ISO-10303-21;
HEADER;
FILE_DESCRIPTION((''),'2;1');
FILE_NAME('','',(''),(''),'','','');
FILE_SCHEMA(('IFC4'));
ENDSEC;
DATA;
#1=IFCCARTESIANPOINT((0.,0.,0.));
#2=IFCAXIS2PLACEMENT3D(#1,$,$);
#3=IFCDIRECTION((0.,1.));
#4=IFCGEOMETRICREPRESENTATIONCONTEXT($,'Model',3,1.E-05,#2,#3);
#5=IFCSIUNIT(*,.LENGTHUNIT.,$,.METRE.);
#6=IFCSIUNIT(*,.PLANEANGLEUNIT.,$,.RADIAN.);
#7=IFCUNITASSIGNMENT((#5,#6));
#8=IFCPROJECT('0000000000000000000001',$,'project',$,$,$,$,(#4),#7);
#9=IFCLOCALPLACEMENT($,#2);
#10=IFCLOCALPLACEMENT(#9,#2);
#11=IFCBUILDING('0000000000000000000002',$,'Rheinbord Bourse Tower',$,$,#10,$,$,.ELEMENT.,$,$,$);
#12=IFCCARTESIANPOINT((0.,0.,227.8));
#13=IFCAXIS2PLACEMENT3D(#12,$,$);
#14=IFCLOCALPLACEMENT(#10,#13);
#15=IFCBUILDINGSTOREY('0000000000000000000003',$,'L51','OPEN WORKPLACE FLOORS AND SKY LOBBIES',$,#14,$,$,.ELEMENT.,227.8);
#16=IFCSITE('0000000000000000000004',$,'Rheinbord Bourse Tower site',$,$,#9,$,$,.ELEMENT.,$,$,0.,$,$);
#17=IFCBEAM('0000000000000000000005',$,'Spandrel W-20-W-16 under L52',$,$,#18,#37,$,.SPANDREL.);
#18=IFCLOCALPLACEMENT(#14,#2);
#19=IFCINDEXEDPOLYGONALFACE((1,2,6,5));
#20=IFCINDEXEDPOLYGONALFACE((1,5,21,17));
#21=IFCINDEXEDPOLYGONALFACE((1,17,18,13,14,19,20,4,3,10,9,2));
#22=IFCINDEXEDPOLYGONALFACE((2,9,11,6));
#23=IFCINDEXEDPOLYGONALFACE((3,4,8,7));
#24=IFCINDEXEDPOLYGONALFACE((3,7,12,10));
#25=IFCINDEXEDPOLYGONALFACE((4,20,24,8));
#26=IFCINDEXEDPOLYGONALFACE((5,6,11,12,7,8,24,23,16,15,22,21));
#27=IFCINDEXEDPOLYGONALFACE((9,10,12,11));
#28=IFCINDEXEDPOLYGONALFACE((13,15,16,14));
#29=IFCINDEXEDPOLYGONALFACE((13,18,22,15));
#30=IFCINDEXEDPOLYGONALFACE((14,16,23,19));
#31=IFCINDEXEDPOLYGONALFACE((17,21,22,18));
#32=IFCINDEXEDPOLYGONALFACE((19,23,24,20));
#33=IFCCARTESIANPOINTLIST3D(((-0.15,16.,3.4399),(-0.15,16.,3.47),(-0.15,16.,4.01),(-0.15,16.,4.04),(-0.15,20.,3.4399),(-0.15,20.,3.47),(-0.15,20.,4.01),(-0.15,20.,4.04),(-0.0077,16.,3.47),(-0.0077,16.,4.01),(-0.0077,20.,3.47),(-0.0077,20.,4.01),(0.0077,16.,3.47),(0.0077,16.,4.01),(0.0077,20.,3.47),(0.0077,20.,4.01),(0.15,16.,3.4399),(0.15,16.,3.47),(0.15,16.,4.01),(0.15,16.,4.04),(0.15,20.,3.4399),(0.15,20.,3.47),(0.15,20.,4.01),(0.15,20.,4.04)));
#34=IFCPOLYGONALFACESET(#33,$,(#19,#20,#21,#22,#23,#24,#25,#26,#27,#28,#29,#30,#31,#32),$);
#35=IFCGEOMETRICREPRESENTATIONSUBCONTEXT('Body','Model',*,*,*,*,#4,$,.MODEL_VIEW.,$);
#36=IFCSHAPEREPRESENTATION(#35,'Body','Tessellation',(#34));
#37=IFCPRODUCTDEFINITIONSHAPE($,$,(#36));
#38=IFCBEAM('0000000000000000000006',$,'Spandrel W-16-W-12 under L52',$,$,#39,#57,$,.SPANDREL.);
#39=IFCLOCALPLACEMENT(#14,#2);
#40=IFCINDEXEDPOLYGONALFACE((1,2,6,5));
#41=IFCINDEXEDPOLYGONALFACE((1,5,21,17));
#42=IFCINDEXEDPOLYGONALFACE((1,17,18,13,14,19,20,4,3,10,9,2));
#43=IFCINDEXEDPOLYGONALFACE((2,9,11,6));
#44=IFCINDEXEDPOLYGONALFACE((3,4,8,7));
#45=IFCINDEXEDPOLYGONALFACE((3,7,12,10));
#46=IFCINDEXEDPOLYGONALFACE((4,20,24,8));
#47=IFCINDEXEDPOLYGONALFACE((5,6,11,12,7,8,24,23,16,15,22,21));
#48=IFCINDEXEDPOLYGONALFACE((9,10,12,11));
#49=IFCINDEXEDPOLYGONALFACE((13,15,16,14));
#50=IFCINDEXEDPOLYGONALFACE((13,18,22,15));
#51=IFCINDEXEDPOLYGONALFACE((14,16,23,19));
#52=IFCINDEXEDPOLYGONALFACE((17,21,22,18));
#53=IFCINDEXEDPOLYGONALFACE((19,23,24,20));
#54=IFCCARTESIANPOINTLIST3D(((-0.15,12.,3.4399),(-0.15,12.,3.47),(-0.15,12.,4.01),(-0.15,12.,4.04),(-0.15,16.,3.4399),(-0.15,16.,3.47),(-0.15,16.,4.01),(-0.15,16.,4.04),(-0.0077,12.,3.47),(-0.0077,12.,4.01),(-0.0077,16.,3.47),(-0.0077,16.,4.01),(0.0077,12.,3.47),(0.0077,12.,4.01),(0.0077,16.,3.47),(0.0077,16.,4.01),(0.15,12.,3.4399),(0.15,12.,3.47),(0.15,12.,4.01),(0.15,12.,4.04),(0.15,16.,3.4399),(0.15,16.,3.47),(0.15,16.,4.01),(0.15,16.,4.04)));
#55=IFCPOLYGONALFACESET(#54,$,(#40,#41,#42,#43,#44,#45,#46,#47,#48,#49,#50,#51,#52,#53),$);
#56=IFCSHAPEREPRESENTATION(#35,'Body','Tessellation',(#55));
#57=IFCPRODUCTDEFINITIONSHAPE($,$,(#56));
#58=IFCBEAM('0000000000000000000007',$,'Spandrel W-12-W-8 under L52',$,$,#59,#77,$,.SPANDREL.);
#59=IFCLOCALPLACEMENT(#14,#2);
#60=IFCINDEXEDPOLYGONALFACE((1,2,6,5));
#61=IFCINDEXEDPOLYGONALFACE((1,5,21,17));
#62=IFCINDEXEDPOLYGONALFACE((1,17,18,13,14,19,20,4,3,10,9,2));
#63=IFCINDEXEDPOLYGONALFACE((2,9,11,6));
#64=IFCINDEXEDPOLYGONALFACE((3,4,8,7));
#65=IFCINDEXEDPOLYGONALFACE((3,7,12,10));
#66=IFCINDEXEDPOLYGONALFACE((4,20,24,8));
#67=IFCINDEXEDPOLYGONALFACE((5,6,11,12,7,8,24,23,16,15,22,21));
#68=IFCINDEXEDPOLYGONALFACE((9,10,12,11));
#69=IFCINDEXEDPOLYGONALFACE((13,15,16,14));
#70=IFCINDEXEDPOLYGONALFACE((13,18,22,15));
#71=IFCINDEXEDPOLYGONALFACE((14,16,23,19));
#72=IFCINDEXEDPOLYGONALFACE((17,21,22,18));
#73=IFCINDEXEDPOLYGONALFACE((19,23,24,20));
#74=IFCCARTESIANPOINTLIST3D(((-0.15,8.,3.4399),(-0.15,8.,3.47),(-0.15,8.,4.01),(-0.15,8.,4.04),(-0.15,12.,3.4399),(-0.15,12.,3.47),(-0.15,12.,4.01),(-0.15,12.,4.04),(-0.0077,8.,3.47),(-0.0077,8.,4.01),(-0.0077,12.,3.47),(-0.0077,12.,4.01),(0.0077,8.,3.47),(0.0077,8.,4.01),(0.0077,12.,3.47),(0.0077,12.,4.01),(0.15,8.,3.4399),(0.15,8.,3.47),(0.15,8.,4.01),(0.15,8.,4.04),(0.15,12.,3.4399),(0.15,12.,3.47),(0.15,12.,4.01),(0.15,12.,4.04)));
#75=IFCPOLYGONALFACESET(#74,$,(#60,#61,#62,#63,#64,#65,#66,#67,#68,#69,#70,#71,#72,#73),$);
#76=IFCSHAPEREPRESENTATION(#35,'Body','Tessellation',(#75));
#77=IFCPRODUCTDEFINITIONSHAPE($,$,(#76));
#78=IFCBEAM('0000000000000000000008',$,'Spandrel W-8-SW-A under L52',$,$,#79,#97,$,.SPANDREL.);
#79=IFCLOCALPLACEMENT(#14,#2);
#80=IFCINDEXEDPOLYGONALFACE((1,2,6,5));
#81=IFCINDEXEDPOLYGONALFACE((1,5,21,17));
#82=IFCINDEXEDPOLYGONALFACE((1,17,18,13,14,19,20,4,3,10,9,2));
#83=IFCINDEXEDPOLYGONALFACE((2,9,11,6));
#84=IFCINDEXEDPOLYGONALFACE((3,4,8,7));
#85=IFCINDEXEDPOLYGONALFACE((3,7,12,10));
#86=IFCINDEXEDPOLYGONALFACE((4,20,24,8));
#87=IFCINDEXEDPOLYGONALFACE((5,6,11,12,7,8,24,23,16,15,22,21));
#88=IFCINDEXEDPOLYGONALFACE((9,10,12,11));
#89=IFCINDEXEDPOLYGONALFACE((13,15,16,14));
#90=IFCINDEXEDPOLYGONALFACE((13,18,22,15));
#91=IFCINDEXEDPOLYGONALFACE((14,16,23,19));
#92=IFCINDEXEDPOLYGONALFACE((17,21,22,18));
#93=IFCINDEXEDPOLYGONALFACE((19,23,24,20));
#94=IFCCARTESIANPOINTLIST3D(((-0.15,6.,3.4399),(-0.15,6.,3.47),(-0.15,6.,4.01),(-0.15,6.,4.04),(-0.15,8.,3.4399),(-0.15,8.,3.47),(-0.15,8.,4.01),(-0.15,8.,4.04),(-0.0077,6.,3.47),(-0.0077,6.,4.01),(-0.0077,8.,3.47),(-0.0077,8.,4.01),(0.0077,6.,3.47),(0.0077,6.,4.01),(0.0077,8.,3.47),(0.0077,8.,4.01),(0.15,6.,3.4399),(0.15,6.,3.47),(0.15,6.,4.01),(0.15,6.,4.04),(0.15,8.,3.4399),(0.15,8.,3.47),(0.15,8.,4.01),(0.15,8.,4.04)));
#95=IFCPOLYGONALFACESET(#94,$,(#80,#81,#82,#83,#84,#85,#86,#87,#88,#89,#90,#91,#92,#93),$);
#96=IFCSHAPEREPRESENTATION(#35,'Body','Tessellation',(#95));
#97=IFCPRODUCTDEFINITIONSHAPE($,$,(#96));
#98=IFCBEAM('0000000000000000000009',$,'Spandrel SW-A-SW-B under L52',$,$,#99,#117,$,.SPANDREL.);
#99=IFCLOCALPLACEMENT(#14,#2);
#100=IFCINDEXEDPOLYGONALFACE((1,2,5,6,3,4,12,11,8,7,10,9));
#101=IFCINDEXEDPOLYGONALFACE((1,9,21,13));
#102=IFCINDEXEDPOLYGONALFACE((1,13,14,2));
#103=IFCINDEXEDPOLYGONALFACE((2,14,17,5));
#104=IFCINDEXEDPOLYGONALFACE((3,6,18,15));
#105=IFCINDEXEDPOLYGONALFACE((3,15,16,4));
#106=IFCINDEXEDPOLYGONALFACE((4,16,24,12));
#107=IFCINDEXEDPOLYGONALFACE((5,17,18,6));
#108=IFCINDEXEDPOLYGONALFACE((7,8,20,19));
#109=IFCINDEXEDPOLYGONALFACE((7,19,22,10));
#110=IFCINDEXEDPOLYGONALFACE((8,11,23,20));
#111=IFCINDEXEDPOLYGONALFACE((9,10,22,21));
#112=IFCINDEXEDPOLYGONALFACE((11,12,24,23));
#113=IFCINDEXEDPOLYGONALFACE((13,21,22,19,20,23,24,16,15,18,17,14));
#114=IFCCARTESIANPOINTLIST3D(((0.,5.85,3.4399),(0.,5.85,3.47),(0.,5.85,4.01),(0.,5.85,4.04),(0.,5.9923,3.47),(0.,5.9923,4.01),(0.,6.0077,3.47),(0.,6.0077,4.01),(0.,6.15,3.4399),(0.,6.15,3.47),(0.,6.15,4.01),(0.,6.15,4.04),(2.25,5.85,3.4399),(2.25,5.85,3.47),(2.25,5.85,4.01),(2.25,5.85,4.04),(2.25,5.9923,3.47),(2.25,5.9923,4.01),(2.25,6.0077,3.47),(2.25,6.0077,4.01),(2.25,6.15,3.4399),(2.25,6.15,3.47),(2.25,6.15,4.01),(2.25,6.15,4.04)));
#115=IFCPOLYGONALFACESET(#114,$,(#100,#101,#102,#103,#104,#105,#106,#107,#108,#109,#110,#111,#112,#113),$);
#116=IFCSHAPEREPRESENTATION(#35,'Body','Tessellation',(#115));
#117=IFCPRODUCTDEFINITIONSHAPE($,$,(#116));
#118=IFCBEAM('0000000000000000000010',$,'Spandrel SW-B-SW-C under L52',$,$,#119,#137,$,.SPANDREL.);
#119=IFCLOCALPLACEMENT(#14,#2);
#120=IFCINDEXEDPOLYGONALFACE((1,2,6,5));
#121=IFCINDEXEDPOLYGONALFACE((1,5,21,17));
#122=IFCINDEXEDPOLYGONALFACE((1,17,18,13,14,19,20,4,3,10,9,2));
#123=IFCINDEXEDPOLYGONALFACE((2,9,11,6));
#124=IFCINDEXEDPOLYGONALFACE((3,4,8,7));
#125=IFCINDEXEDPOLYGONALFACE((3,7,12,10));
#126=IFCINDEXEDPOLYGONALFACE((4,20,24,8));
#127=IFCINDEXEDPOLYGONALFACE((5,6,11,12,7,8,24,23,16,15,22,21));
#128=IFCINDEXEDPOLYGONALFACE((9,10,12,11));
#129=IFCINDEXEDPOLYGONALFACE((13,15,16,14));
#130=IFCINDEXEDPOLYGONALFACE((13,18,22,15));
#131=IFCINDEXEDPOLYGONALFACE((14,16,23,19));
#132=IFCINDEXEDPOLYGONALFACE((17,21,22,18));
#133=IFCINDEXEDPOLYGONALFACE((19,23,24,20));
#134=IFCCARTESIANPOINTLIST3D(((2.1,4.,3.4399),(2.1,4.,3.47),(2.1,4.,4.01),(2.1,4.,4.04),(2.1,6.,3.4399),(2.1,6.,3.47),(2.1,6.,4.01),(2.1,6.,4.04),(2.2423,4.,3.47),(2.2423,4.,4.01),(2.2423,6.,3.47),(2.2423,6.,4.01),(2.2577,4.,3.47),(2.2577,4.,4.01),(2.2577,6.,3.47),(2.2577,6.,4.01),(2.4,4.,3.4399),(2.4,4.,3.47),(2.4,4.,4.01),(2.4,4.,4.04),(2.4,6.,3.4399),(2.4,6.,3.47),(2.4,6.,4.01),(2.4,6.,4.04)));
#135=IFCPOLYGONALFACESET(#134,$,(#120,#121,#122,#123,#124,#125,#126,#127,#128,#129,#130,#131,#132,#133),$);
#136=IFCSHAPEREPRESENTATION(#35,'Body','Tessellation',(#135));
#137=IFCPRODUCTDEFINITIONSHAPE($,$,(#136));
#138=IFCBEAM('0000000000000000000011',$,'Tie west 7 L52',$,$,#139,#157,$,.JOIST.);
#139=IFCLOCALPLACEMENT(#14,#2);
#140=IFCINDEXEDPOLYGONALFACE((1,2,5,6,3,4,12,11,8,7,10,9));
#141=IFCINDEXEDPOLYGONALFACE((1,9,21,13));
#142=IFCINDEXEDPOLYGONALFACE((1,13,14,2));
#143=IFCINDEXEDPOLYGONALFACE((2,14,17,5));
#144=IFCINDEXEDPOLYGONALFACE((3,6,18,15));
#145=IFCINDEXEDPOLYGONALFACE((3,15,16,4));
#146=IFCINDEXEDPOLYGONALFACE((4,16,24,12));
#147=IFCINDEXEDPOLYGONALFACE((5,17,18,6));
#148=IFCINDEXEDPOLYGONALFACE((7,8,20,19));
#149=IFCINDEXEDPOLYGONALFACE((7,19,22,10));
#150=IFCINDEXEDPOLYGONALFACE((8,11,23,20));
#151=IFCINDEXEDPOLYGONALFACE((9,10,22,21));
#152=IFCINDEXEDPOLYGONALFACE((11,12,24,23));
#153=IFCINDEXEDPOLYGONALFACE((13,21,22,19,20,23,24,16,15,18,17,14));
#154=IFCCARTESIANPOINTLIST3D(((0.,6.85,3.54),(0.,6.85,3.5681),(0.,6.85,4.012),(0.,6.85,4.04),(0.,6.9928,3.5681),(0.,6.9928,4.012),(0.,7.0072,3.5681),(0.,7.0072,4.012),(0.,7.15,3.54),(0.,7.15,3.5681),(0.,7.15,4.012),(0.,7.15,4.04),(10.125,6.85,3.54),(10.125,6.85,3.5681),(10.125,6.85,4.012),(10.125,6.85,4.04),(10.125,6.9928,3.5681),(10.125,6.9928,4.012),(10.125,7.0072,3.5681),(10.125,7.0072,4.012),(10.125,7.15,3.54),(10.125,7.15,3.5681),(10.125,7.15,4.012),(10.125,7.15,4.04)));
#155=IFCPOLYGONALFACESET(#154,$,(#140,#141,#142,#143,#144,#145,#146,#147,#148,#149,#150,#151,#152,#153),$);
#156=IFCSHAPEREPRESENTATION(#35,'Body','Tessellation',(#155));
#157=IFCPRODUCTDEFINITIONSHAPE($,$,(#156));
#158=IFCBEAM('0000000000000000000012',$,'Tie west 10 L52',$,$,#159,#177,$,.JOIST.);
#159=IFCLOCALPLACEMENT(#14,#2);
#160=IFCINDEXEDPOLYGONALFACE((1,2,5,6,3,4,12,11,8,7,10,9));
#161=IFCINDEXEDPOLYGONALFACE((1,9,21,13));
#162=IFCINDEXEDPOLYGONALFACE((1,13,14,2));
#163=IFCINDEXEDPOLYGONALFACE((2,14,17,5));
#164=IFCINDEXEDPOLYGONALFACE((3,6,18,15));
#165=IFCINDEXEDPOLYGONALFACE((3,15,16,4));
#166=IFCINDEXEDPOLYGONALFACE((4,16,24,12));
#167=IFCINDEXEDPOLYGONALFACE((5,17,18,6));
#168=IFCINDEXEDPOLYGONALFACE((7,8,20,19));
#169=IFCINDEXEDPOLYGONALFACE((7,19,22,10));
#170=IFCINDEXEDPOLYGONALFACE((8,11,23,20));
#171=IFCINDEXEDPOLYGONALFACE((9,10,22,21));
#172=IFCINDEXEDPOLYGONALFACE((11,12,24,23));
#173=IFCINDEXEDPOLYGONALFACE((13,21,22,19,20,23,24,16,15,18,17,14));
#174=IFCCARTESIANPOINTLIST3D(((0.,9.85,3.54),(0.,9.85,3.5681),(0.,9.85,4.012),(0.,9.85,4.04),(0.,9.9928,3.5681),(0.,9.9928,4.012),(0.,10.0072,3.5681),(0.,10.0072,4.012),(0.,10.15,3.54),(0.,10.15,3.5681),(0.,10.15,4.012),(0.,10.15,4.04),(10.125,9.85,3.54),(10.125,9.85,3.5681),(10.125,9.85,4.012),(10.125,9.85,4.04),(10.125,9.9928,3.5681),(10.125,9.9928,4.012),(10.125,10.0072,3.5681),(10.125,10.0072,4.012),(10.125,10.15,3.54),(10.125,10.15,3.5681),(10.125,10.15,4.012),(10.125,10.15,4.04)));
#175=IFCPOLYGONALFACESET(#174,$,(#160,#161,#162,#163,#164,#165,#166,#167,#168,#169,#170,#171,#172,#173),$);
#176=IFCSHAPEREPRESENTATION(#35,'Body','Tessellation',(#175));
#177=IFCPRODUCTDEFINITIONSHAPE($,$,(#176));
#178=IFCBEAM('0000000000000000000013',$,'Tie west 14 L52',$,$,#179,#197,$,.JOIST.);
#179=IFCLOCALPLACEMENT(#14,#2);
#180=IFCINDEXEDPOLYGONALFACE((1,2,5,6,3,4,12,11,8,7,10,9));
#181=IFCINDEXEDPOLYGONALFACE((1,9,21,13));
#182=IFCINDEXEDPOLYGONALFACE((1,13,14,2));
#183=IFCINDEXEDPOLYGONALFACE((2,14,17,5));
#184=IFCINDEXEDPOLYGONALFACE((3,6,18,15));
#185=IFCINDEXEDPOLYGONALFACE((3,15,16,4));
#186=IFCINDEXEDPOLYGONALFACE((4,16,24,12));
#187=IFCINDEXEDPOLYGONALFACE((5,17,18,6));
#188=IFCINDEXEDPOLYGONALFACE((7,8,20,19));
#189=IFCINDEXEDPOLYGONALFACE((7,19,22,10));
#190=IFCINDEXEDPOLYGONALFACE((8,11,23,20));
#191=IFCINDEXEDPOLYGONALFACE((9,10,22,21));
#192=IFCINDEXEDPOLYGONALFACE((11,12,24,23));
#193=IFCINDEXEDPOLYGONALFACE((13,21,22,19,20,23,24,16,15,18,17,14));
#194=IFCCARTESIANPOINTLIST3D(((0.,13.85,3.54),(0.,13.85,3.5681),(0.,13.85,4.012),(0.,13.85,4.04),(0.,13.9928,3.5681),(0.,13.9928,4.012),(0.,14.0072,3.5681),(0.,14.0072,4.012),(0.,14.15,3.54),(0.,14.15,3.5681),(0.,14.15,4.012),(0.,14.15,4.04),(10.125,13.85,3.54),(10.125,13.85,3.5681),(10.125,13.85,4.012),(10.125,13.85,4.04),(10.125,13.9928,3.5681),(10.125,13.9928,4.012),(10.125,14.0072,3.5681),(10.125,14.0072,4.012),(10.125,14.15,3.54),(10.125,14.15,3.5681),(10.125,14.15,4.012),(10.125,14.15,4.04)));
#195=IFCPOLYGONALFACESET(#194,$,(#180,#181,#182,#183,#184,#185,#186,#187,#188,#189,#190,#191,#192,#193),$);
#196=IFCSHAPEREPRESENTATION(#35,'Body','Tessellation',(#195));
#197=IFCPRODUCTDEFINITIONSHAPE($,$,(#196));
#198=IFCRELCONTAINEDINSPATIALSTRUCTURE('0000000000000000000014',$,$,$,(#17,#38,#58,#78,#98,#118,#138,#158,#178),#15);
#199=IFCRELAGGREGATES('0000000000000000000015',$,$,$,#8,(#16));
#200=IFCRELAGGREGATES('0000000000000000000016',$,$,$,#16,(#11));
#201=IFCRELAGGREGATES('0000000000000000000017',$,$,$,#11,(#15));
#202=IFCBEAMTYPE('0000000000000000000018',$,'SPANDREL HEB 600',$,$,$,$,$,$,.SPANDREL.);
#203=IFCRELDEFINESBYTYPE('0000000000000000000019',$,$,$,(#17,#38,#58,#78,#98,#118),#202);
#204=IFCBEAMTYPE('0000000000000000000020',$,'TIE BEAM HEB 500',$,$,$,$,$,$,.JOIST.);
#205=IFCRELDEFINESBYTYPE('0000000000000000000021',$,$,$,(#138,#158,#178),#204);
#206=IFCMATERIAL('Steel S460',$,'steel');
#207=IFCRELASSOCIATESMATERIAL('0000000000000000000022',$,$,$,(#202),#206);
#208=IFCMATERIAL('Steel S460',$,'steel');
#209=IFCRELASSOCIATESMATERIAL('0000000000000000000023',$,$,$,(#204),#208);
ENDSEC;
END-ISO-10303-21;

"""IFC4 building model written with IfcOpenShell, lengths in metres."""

from ifc_helpers import new_model, si_unit, direction, frame, origin, origin_2d, place, context, subcontext, project, spatial, i_section, extrude, material, material_profile, profile_set, type_object, element, save


model = new_model("IFC4")

# Units and contexts
model_context = context("Model", 3, precision=1e-05, world=origin(), true_north=direction((0.0, 1.0)))
body_context = subcontext(model_context, "Body", "Model", "MODEL_VIEW")
ifc_project = project(units=[si_unit("LENGTHUNIT", "METRE"), si_unit("PLANEANGLEUNIT", "RADIAN")], contexts=[model_context])

# Site, building, storey
site_placement = place(None, origin())
site = spatial("IfcSite", under=ifc_project, at=site_placement, Name="Rheinbord Bourse Tower site", CompositionType="ELEMENT", RefElevation=0.0)
building_placement = place(site_placement, origin())
building = spatial("IfcBuilding", under=site, at=building_placement, Name="Rheinbord Bourse Tower", CompositionType="ELEMENT")
storey_placement = place(building_placement, frame((0.0, 0.0, 227.8)))
storey = spatial("IfcBuildingStorey", under=building, at=storey_placement, Name="L51", Description="OPEN WORKPLACE FLOORS AND SKY LOBBIES", CompositionType="ELEMENT", Elevation=227.8)

# Beams
ifc_material_1 = material(Name="Steel S460", Category="steel")
ifc_material_profile_1 = material_profile(ifc_material_1, i_section(OverallWidth=0.3, OverallDepth=0.6001, WebThickness=0.0154, FlangeThickness=0.03, at=origin_2d()), Name="HEB 600")
ifc_profile_set_1 = profile_set([ifc_material_profile_1], Name="Steel S460")
beam_type_1 = type_object("IfcBeamType", Name="SPANDREL HEB 600", PredefinedType="SPANDREL", material=ifc_profile_set_1)
for number, where, z_axis, x_axis, name in (
    (1, (0.0, 20.0, 3.74), (0.0, -1.0, 0.0), (1.0, 0.0, 0.0), "Spandrel W-20-W-16 under L52"),
    (2, (0.0, 16.0, 3.74), (0.0, -1.0, 0.0), (1.0, 0.0, 0.0), "Spandrel W-16-W-12 under L52"),
    (3, (0.0, 12.0, 3.74), (0.0, -1.0, 0.0), (1.0, 0.0, 0.0), "Spandrel W-12-W-8 under L52"),
):
    element("IfcBeam", number, at=place(storey_placement, frame(where, z_axis=z_axis, x_axis=x_axis)), inside=storey, type_object=beam_type_1, Name=name, PredefinedType="SPANDREL", context=body_context, shape_type="SweptSolid", body=[
        extrude(i_section(OverallWidth=0.3, OverallDepth=0.6001, WebThickness=0.0154, FlangeThickness=0.03, at=origin_2d()), origin(), (0.0, 0.0, 1.0), 4.0),
    ])
beam_1_placement = place(storey_placement, frame((0.0, 8.0, 3.74), z_axis=(0.0, -1.0, 0.0), x_axis=(1.0, 0.0, 0.0)))
element("IfcBeam", 4, at=beam_1_placement, inside=storey, type_object=beam_type_1, Name="Spandrel W-8-SW-A under L52", PredefinedType="SPANDREL", context=body_context, shape_type="SweptSolid", body=[
    extrude(i_section(OverallWidth=0.3, OverallDepth=0.6001, WebThickness=0.0154, FlangeThickness=0.03, at=origin_2d()), origin(), (0.0, 0.0, 1.0), 2.0),
])
beam_2_placement = place(storey_placement, frame((0.0, 6.0, 3.74), z_axis=(1.0, 0.0, 0.0), x_axis=(0.0, 1.0, 0.0)))
element("IfcBeam", 5, at=beam_2_placement, inside=storey, type_object=beam_type_1, Name="Spandrel SW-A-SW-B under L52", PredefinedType="SPANDREL", context=body_context, shape_type="SweptSolid", body=[
    extrude(i_section(OverallWidth=0.3, OverallDepth=0.6001, WebThickness=0.0154, FlangeThickness=0.03, at=origin_2d()), origin(), (0.0, 0.0, 1.0), 2.25),
])
beam_3_placement = place(storey_placement, frame((2.25, 6.0, 3.74), z_axis=(0.0, -1.0, 0.0), x_axis=(1.0, 0.0, 0.0)))
element("IfcBeam", 6, at=beam_3_placement, inside=storey, type_object=beam_type_1, Name="Spandrel SW-B-SW-C under L52", PredefinedType="SPANDREL", context=body_context, shape_type="SweptSolid", body=[
    extrude(i_section(OverallWidth=0.3, OverallDepth=0.6001, WebThickness=0.0154, FlangeThickness=0.03, at=origin_2d()), origin(), (0.0, 0.0, 1.0), 2.0),
])
ifc_material_2 = material(Name="Steel S460", Category="steel")
ifc_material_profile_2 = material_profile(ifc_material_2, i_section(OverallWidth=0.3, OverallDepth=0.5, WebThickness=0.0144, FlangeThickness=0.0281, at=origin_2d()), Name="HEB 500")
ifc_profile_set_2 = profile_set([ifc_material_profile_2], Name="Steel S460")
beam_type_2 = type_object("IfcBeamType", Name="TIE BEAM HEB 500", PredefinedType="JOIST", material=ifc_profile_set_2)
for number, where, z_axis, x_axis, name in (
    (7, (0.0, 7.0, 3.79), (1.0, 0.0, 0.0), (0.0, 1.0, 0.0), "Tie west 7 L52"),
    (8, (0.0, 10.0, 3.79), (1.0, 0.0, 0.0), (0.0, 1.0, 0.0), "Tie west 10 L52"),
    (9, (0.0, 14.0, 3.79), (1.0, 0.0, 0.0), (0.0, 1.0, 0.0), "Tie west 14 L52"),
):
    element("IfcBeam", number, at=place(storey_placement, frame(where, z_axis=z_axis, x_axis=x_axis)), inside=storey, type_object=beam_type_2, Name=name, PredefinedType="JOIST", context=body_context, shape_type="SweptSolid", body=[
        extrude(i_section(OverallWidth=0.3, OverallDepth=0.5, WebThickness=0.0144, FlangeThickness=0.0281, at=origin_2d()), origin(), (0.0, 0.0, 1.0), 10.125),
    ])

save(model, "model.ifc")
